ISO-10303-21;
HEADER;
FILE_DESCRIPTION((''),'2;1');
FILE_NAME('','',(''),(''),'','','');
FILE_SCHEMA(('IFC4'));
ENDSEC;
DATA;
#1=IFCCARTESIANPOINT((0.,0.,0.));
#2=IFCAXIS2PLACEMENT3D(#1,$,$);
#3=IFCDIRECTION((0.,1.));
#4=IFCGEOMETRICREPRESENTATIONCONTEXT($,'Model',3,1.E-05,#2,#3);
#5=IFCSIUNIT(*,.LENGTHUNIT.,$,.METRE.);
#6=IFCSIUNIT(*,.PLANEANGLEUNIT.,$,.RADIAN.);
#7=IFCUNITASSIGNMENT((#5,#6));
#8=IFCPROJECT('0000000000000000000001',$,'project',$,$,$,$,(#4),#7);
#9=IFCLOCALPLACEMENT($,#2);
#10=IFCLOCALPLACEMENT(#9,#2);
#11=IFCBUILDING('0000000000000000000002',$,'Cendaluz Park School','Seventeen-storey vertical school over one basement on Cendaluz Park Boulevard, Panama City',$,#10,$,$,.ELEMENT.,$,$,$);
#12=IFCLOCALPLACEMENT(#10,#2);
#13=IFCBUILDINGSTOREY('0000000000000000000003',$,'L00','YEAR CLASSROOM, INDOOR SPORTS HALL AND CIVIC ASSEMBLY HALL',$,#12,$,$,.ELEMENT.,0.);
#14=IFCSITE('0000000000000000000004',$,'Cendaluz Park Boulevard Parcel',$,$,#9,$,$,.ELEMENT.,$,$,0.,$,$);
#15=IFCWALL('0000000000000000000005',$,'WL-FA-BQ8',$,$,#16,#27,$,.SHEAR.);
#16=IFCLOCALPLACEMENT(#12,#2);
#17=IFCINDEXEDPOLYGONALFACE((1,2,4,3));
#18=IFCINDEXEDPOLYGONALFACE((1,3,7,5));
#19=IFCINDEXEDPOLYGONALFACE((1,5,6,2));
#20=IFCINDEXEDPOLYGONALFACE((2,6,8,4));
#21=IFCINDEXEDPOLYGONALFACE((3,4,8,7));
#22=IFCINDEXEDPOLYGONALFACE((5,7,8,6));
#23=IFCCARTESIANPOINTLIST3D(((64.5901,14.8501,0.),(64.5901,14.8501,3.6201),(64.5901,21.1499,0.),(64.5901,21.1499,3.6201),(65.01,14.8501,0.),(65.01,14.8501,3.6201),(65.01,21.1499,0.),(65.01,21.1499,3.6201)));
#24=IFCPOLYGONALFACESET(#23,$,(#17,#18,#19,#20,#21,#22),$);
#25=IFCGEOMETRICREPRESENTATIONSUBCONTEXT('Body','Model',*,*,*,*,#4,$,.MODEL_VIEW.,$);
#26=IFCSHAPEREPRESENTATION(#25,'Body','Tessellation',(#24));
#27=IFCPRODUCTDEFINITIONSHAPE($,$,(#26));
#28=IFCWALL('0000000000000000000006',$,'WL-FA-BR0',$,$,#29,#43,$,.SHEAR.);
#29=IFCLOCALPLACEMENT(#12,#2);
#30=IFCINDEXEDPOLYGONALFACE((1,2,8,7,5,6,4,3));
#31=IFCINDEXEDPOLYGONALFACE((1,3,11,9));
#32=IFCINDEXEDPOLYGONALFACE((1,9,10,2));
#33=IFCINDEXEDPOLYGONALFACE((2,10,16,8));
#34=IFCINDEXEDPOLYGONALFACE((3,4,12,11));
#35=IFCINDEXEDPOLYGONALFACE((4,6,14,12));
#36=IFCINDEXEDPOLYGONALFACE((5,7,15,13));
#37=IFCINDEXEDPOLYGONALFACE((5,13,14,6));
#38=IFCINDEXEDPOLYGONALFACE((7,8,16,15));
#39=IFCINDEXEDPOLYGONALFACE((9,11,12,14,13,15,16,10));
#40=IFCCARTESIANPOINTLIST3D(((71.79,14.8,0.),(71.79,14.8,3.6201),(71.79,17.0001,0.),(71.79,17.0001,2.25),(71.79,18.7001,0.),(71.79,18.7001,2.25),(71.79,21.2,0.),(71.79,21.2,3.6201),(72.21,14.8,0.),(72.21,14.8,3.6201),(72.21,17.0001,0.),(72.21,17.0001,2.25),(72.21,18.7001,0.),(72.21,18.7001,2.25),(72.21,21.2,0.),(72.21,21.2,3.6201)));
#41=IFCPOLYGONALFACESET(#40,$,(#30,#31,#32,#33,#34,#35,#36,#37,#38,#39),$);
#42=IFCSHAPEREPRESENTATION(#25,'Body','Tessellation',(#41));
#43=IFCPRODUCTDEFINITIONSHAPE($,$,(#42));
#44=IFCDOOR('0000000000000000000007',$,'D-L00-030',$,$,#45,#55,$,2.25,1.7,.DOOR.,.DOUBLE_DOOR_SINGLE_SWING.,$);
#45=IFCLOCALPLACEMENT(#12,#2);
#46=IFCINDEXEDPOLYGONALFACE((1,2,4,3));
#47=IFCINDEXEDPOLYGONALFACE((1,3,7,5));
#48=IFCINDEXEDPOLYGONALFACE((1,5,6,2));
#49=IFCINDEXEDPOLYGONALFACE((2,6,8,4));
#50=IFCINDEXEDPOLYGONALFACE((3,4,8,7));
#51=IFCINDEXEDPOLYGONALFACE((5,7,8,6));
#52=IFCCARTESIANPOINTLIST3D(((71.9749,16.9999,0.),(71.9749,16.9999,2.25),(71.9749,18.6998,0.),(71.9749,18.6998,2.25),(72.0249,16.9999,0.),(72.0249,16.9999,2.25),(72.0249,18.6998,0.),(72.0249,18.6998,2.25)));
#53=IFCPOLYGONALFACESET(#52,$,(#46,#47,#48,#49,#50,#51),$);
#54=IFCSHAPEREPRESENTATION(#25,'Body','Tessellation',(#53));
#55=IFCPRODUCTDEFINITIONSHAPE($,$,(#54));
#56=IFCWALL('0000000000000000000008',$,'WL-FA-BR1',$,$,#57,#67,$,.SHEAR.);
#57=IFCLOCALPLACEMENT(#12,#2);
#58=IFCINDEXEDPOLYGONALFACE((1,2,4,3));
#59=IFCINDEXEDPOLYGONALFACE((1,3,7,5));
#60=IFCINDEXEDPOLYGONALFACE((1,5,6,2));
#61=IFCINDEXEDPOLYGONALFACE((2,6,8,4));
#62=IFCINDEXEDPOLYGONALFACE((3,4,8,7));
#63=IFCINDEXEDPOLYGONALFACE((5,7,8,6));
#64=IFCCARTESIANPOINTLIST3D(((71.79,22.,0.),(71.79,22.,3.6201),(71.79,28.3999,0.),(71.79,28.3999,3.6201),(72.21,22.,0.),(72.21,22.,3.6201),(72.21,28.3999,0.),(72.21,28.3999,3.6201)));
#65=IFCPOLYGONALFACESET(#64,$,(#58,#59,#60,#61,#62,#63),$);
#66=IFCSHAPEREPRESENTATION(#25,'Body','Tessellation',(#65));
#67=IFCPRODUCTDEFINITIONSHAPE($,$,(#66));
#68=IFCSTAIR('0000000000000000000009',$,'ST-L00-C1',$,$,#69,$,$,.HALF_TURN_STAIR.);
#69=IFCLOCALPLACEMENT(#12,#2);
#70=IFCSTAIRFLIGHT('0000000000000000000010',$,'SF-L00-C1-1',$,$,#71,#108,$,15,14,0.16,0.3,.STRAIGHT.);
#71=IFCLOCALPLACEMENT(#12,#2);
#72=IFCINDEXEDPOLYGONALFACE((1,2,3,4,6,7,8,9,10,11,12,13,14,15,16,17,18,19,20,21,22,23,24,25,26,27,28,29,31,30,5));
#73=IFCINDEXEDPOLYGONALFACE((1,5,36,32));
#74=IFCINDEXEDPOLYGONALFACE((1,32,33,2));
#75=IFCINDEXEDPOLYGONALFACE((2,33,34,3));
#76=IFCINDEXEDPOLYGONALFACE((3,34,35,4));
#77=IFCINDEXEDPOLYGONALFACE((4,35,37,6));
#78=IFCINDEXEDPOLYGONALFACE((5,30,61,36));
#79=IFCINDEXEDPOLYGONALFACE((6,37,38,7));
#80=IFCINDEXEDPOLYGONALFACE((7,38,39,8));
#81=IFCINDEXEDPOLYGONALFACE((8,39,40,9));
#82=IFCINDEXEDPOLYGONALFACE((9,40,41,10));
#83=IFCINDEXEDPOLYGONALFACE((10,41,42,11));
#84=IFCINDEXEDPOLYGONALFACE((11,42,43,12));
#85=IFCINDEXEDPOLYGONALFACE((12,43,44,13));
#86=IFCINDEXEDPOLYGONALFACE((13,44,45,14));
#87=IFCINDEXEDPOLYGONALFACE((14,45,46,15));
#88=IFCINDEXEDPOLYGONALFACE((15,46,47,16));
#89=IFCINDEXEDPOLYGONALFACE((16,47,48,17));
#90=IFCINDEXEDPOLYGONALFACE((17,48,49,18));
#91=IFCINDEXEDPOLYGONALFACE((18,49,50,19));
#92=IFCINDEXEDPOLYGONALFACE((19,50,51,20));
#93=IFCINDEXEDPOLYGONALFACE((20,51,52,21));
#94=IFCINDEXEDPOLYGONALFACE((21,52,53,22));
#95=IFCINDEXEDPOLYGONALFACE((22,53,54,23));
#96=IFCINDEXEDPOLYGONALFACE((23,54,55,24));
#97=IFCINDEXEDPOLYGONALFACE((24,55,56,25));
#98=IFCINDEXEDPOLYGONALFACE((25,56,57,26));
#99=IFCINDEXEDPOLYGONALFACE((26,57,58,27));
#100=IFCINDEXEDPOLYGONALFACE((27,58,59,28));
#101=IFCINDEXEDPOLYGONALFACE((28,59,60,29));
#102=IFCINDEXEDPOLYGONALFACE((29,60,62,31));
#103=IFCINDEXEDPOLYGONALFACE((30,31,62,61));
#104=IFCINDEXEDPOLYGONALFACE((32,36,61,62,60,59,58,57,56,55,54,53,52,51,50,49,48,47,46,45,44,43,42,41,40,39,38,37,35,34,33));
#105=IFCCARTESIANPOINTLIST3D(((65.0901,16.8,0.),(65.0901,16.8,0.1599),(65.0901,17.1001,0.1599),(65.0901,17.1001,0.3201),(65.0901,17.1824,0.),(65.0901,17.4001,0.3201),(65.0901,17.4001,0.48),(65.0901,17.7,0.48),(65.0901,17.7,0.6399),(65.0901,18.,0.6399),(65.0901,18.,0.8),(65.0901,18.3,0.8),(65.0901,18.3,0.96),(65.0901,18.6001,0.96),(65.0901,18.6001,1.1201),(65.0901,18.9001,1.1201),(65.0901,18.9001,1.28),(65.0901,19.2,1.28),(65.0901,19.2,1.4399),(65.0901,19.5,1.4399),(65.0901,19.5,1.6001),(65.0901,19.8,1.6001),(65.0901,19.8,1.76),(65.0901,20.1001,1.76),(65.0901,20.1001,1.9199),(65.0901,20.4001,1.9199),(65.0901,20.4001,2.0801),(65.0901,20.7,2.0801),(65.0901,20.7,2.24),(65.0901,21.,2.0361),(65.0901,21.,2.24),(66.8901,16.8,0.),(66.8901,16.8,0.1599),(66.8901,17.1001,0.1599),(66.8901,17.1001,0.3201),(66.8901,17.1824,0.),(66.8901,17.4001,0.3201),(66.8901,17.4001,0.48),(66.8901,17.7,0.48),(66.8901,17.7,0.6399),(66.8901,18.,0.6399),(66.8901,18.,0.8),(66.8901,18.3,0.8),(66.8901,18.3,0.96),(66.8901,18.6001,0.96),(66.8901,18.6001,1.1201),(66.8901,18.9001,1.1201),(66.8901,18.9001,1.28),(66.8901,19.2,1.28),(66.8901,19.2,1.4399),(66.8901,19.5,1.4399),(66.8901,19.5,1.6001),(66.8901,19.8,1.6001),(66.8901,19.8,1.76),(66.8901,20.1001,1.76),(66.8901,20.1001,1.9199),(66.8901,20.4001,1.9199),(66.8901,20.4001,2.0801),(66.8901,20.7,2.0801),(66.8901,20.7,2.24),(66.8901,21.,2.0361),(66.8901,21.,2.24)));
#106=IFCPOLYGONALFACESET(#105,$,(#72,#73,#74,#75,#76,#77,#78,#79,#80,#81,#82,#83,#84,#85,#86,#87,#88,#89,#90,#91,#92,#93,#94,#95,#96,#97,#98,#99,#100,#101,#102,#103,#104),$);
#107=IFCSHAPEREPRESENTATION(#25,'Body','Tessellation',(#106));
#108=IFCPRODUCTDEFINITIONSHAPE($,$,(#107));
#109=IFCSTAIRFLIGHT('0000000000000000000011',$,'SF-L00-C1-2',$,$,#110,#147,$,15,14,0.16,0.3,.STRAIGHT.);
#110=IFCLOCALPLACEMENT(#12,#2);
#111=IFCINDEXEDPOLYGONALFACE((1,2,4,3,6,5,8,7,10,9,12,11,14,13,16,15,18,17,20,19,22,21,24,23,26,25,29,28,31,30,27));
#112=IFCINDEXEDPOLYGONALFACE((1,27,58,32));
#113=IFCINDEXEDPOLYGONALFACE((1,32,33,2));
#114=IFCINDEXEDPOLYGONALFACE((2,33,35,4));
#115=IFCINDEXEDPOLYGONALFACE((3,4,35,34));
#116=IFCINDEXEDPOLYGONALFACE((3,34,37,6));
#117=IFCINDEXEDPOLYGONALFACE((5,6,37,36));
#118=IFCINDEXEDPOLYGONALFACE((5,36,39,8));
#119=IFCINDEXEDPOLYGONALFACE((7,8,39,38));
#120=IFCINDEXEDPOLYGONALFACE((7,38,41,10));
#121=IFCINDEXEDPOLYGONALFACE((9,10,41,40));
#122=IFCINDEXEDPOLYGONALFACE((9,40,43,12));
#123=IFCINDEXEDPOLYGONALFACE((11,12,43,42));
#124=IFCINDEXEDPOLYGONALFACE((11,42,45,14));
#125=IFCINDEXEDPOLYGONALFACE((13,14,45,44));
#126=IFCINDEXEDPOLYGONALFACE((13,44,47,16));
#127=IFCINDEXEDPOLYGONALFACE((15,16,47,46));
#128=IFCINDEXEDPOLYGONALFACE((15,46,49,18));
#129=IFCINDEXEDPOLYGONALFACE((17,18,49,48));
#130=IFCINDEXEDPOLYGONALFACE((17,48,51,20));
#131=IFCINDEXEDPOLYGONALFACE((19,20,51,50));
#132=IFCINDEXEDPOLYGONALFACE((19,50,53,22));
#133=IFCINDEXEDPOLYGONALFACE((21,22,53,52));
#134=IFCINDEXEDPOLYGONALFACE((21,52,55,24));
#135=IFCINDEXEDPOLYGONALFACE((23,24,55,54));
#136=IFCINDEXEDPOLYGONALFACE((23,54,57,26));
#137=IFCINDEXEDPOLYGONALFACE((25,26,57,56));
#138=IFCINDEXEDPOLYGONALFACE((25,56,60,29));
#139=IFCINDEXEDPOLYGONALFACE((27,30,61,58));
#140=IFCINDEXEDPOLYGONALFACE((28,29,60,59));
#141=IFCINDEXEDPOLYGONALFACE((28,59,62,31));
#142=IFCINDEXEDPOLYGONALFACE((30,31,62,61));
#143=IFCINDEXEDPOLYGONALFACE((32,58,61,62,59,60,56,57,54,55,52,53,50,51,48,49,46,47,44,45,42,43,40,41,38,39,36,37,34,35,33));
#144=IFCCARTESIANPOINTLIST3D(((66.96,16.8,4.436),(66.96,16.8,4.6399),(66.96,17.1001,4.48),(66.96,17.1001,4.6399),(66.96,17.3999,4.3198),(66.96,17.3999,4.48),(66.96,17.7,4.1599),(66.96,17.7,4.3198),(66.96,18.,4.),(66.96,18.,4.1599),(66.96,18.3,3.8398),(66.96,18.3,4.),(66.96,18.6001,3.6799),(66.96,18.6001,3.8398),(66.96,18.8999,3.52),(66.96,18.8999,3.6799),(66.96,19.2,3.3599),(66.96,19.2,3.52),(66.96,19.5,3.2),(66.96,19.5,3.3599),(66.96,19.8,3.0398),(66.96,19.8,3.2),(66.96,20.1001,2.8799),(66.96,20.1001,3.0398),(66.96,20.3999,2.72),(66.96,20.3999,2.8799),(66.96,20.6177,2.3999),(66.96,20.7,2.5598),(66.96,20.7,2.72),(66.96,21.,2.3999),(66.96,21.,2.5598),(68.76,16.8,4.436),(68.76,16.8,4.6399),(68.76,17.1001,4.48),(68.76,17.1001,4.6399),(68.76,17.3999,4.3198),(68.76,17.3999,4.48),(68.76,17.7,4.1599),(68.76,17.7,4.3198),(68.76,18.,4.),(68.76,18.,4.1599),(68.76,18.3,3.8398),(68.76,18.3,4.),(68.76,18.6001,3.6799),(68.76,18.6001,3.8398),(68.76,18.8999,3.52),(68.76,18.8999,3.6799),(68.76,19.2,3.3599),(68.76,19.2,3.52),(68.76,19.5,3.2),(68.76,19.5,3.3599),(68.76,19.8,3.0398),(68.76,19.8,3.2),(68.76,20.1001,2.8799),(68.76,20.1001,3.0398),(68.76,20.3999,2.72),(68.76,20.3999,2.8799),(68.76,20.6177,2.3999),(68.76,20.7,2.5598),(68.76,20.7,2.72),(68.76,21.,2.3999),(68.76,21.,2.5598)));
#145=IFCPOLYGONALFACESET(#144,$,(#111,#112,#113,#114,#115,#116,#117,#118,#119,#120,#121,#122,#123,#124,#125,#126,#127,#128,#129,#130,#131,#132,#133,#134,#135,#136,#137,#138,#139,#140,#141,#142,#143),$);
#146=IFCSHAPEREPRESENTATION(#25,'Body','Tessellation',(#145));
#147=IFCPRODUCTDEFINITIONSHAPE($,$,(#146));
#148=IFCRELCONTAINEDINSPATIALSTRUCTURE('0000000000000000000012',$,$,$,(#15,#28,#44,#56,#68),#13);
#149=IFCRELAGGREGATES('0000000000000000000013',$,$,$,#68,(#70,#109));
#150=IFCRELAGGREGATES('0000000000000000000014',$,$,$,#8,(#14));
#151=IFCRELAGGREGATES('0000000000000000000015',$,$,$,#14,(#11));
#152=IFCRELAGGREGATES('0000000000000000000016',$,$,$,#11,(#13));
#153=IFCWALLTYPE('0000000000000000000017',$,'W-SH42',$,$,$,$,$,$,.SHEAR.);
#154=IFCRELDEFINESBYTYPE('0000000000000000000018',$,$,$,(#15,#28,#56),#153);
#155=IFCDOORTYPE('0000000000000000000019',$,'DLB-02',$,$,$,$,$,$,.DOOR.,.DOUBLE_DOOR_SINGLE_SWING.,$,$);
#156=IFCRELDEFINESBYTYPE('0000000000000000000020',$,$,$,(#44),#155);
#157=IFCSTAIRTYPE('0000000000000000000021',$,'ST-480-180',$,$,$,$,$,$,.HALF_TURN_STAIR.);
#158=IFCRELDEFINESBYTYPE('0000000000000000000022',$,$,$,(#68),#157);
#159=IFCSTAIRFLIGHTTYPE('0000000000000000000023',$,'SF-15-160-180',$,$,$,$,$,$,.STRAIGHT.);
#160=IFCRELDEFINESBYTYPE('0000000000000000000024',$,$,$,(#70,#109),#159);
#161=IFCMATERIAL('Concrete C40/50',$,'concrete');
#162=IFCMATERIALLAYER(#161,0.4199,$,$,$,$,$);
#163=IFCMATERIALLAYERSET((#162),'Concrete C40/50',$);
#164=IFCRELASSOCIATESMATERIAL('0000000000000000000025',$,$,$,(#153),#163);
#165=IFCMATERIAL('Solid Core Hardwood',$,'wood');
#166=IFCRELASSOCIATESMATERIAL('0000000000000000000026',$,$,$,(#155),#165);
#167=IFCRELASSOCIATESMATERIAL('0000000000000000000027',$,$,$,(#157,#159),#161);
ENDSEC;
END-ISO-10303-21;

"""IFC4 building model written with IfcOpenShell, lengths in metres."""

from ifc_helpers import new_model, si_unit, direction, frame, frame_2d, origin, place, context, subcontext, project, spatial, polyline, rectangle, outline, extrude, material, layer, layer_set, type_object, element, fill, aggregate, save


model = new_model("IFC4")

# Units and contexts
model_context = context("Model", 3, precision=1e-05, world=origin(), true_north=direction((0.0, 1.0)))
body_context = subcontext(model_context, "Body", "Model", "MODEL_VIEW")
ifc_project = project(units=[si_unit("LENGTHUNIT", "METRE"), si_unit("PLANEANGLEUNIT", "RADIAN")], contexts=[model_context])

# Site, building, storey
site_placement = place(None, origin())
site = spatial("IfcSite", under=ifc_project, at=site_placement, Name="Cendaluz Park Boulevard Parcel", CompositionType="ELEMENT", RefElevation=0.0)
building_placement = place(site_placement, origin())
building = spatial("IfcBuilding", under=site, at=building_placement, Name="Cendaluz Park School", Description="Seventeen-storey vertical school over one basement on Cendaluz Park Boulevard, Panama City", CompositionType="ELEMENT")
storey_placement = place(building_placement, origin())
storey = spatial("IfcBuildingStorey", under=building, at=storey_placement, Name="L00", Description="YEAR CLASSROOM, INDOOR SPORTS HALL AND CIVIC ASSEMBLY HALL", CompositionType="ELEMENT", Elevation=0.0)

# Shared definitions
ifc_material_1 = material(Name="Concrete C40/50", Category="concrete")

# Shared definitions
ifc_material_2 = material(Name="Solid Core Hardwood", Category="wood")

# Wall
ifc_layer_1 = layer(ifc_material_1, 0.4199)
ifc_layer_set_1 = layer_set([ifc_layer_1], Name="Concrete C40/50")
wall_type_1 = type_object("IfcWallType", Name="W-SH42", PredefinedType="SHEAR", material=ifc_layer_set_1)
wall_1_placement = place(storey_placement, frame((64.8, 14.8501, 0.0), z_axis=(0.0, 0.0, 1.0), x_axis=(0.0, 1.0, 0.0)))
element("IfcWall", 1, at=wall_1_placement, inside=storey, type_object=wall_type_1, Name="WL-FA-BQ8", PredefinedType="SHEAR", context=body_context, shape_type="SweptSolid", body=[
    extrude(rectangle(XDim=6.2998, YDim=0.4199, at=frame_2d((3.1499, 0.0))), origin(), (0.0, 0.0, 1.0), 3.6201),
])

# Wall, opening, door
wall_2_placement = place(storey_placement, frame((72.0, 14.8, 0.0), z_axis=(0.0, 0.0, 1.0), x_axis=(0.0, 1.0, 0.0)))
wall_2 = element("IfcWall", 2, at=wall_2_placement, inside=storey, type_object=wall_type_1, Name="WL-FA-BR0", PredefinedType="SHEAR", context=body_context, shape_type="SweptSolid", body=[
    extrude(rectangle(XDim=6.3999, YDim=0.4199, at=frame_2d((3.2, 0.0))), origin(), (0.0, 0.0, 1.0), 3.6201),
])
opening_1_placement = place(wall_2_placement, frame((2.2, 0.0, 0.0)))
opening_1 = element("IfcOpeningElement", 3, at=opening_1_placement, cuts=wall_2, PredefinedType="OPENING", context=body_context, shape_type="SweptSolid", body=[
    extrude(rectangle(XDim=1.7, YDim=2.25, at=frame_2d((0.8501, 1.125))), frame((0.0, 0.2219, 0.0), z_axis=(0.0, -1.0, 0.0), x_axis=(1.0, 0.0, 0.0)), (0.0, 0.0, 1.0), 0.4438),
])
door_type_1 = type_object("IfcDoorType", Name="DLB-02", OperationType="DOUBLE_DOOR_SINGLE_SWING", PredefinedType="DOOR", material=ifc_material_2)
door_1_placement = place(opening_1_placement, frame((1.7, 0.0, 0.0), z_axis=(0.0, 0.0, 1.0), x_axis=(-1.0, 0.0, 0.0)))
door_1 = element("IfcDoor", 4, at=door_1_placement, inside=storey, type_object=door_type_1, Name="D-L00-030", OperationType="DOUBLE_DOOR_SINGLE_SWING", OverallHeight=2.25, OverallWidth=1.7, PredefinedType="DOOR", context=body_context, shape_type="SweptSolid", body=[
    extrude(rectangle(XDim=1.7, YDim=2.25, at=frame_2d((0.8501, 1.125))), frame((0.0, 0.0249, 0.0), z_axis=(0.0, -1.0, 0.0), x_axis=(1.0, 0.0, 0.0)), (0.0, 0.0, 1.0), 0.05),
])
fill(opening_1, door_1)

# Wall
wall_3_placement = place(storey_placement, frame((72.0, 22.0, 0.0), z_axis=(0.0, 0.0, 1.0), x_axis=(0.0, 1.0, 0.0)))
element("IfcWall", 5, at=wall_3_placement, inside=storey, type_object=wall_type_1, Name="WL-FA-BR1", PredefinedType="SHEAR", context=body_context, shape_type="SweptSolid", body=[
    extrude(rectangle(XDim=6.3999, YDim=0.4199, at=frame_2d((3.2, 0.0))), origin(), (0.0, 0.0, 1.0), 3.6201),
])

# Stair, stair flights
stair_type = type_object("IfcStairType", Name="ST-480-180", PredefinedType="HALF_TURN_STAIR", material=ifc_material_1)
stair_placement = place(storey_placement, origin())
stair = element("IfcStair", 6, at=stair_placement, inside=storey, type_object=stair_type, Name="ST-L00-C1", PredefinedType="HALF_TURN_STAIR")
stair_flight_type = type_object("IfcStairFlightType", Name="SF-15-160-180", PredefinedType="STRAIGHT", material=ifc_material_1)
stair_flight_1_placement = place(storey_placement, frame((65.99, 16.8, 0.0), z_axis=(0.0, 0.0, 1.0), x_axis=(0.0, 1.0, 0.0)))
stair_flight_1 = element("IfcStairFlight", 7, at=stair_flight_1_placement, type_object=stair_flight_type, Name="SF-L00-C1-1", NumberOfRisers=15, NumberOfTreads=14, PredefinedType="STRAIGHT", RiserHeight=0.16, TreadLength=0.3, context=body_context, shape_type="SweptSolid", body=[
    extrude(outline(polyline([(0.0, 0.0), (0.0, 0.1599), (0.3, 0.1599), (0.3, 0.3201), (0.6001, 0.3201), (0.6001, 0.48), (0.8999, 0.48), (0.8999, 0.6399), (1.2, 0.6399), (1.2, 0.8), (1.5, 0.8), (1.5, 0.96), (1.8, 0.96), (1.8, 1.1201), (2.1001, 1.1201), (2.1001, 1.28), (2.3999, 1.28), (2.3999, 1.4399), (2.7, 1.4399), (2.7, 1.6001), (3.0, 1.6001), (3.0, 1.76), (3.3, 1.76), (3.3, 1.9199), (3.6001, 1.9199), (3.6001, 2.0801), (3.8999, 2.0801), (3.8999, 2.24), (4.2, 2.24), (4.2, 2.3999), (4.2, 2.0361), (0.3823, 0.0), (0.0, 0.0)])), frame((0.0, 0.8999, 0.0), z_axis=(0.0, -1.0, 0.0), x_axis=(1.0, 0.0, 0.0)), (0.0, 0.0, 1.0), 1.8),
])
stair_flight_2_placement = place(storey_placement, frame((67.8601, 21.0, 2.3999), z_axis=(0.0, 0.0, 1.0), x_axis=(0.0, -1.0, 0.0)))
stair_flight_2 = element("IfcStairFlight", 8, at=stair_flight_2_placement, type_object=stair_flight_type, Name="SF-L00-C1-2", NumberOfRisers=15, NumberOfTreads=14, PredefinedType="STRAIGHT", RiserHeight=0.16, TreadLength=0.3, context=body_context, shape_type="SweptSolid", body=[
    extrude(outline(polyline([(0.0, 0.0), (0.0, 0.1599), (0.3, 0.1599), (0.3, 0.3201), (0.6001, 0.3201), (0.6001, 0.48), (0.8999, 0.48), (0.8999, 0.6399), (1.2, 0.6399), (1.2, 0.8), (1.5, 0.8), (1.5, 0.96), (1.8, 0.96), (1.8, 1.1201), (2.1001, 1.1201), (2.1001, 1.28), (2.3999, 1.28), (2.3999, 1.4399), (2.7, 1.4399), (2.7, 1.6001), (3.0, 1.6001), (3.0, 1.76), (3.3, 1.76), (3.3, 1.9199), (3.6001, 1.9199), (3.6001, 2.0801), (3.8999, 2.0801), (3.8999, 2.24), (4.2, 2.24), (4.2, 2.3999), (4.2, 2.0361), (0.3823, 0.0), (0.0, 0.0)])), frame((0.0, 0.8999, 0.0), z_axis=(0.0, -1.0, 0.0), x_axis=(1.0, 0.0, 0.0)), (0.0, 0.0, 1.0), 1.8),
])
aggregate(stair, [stair_flight_1, stair_flight_2])

save(model, "model.ifc")
